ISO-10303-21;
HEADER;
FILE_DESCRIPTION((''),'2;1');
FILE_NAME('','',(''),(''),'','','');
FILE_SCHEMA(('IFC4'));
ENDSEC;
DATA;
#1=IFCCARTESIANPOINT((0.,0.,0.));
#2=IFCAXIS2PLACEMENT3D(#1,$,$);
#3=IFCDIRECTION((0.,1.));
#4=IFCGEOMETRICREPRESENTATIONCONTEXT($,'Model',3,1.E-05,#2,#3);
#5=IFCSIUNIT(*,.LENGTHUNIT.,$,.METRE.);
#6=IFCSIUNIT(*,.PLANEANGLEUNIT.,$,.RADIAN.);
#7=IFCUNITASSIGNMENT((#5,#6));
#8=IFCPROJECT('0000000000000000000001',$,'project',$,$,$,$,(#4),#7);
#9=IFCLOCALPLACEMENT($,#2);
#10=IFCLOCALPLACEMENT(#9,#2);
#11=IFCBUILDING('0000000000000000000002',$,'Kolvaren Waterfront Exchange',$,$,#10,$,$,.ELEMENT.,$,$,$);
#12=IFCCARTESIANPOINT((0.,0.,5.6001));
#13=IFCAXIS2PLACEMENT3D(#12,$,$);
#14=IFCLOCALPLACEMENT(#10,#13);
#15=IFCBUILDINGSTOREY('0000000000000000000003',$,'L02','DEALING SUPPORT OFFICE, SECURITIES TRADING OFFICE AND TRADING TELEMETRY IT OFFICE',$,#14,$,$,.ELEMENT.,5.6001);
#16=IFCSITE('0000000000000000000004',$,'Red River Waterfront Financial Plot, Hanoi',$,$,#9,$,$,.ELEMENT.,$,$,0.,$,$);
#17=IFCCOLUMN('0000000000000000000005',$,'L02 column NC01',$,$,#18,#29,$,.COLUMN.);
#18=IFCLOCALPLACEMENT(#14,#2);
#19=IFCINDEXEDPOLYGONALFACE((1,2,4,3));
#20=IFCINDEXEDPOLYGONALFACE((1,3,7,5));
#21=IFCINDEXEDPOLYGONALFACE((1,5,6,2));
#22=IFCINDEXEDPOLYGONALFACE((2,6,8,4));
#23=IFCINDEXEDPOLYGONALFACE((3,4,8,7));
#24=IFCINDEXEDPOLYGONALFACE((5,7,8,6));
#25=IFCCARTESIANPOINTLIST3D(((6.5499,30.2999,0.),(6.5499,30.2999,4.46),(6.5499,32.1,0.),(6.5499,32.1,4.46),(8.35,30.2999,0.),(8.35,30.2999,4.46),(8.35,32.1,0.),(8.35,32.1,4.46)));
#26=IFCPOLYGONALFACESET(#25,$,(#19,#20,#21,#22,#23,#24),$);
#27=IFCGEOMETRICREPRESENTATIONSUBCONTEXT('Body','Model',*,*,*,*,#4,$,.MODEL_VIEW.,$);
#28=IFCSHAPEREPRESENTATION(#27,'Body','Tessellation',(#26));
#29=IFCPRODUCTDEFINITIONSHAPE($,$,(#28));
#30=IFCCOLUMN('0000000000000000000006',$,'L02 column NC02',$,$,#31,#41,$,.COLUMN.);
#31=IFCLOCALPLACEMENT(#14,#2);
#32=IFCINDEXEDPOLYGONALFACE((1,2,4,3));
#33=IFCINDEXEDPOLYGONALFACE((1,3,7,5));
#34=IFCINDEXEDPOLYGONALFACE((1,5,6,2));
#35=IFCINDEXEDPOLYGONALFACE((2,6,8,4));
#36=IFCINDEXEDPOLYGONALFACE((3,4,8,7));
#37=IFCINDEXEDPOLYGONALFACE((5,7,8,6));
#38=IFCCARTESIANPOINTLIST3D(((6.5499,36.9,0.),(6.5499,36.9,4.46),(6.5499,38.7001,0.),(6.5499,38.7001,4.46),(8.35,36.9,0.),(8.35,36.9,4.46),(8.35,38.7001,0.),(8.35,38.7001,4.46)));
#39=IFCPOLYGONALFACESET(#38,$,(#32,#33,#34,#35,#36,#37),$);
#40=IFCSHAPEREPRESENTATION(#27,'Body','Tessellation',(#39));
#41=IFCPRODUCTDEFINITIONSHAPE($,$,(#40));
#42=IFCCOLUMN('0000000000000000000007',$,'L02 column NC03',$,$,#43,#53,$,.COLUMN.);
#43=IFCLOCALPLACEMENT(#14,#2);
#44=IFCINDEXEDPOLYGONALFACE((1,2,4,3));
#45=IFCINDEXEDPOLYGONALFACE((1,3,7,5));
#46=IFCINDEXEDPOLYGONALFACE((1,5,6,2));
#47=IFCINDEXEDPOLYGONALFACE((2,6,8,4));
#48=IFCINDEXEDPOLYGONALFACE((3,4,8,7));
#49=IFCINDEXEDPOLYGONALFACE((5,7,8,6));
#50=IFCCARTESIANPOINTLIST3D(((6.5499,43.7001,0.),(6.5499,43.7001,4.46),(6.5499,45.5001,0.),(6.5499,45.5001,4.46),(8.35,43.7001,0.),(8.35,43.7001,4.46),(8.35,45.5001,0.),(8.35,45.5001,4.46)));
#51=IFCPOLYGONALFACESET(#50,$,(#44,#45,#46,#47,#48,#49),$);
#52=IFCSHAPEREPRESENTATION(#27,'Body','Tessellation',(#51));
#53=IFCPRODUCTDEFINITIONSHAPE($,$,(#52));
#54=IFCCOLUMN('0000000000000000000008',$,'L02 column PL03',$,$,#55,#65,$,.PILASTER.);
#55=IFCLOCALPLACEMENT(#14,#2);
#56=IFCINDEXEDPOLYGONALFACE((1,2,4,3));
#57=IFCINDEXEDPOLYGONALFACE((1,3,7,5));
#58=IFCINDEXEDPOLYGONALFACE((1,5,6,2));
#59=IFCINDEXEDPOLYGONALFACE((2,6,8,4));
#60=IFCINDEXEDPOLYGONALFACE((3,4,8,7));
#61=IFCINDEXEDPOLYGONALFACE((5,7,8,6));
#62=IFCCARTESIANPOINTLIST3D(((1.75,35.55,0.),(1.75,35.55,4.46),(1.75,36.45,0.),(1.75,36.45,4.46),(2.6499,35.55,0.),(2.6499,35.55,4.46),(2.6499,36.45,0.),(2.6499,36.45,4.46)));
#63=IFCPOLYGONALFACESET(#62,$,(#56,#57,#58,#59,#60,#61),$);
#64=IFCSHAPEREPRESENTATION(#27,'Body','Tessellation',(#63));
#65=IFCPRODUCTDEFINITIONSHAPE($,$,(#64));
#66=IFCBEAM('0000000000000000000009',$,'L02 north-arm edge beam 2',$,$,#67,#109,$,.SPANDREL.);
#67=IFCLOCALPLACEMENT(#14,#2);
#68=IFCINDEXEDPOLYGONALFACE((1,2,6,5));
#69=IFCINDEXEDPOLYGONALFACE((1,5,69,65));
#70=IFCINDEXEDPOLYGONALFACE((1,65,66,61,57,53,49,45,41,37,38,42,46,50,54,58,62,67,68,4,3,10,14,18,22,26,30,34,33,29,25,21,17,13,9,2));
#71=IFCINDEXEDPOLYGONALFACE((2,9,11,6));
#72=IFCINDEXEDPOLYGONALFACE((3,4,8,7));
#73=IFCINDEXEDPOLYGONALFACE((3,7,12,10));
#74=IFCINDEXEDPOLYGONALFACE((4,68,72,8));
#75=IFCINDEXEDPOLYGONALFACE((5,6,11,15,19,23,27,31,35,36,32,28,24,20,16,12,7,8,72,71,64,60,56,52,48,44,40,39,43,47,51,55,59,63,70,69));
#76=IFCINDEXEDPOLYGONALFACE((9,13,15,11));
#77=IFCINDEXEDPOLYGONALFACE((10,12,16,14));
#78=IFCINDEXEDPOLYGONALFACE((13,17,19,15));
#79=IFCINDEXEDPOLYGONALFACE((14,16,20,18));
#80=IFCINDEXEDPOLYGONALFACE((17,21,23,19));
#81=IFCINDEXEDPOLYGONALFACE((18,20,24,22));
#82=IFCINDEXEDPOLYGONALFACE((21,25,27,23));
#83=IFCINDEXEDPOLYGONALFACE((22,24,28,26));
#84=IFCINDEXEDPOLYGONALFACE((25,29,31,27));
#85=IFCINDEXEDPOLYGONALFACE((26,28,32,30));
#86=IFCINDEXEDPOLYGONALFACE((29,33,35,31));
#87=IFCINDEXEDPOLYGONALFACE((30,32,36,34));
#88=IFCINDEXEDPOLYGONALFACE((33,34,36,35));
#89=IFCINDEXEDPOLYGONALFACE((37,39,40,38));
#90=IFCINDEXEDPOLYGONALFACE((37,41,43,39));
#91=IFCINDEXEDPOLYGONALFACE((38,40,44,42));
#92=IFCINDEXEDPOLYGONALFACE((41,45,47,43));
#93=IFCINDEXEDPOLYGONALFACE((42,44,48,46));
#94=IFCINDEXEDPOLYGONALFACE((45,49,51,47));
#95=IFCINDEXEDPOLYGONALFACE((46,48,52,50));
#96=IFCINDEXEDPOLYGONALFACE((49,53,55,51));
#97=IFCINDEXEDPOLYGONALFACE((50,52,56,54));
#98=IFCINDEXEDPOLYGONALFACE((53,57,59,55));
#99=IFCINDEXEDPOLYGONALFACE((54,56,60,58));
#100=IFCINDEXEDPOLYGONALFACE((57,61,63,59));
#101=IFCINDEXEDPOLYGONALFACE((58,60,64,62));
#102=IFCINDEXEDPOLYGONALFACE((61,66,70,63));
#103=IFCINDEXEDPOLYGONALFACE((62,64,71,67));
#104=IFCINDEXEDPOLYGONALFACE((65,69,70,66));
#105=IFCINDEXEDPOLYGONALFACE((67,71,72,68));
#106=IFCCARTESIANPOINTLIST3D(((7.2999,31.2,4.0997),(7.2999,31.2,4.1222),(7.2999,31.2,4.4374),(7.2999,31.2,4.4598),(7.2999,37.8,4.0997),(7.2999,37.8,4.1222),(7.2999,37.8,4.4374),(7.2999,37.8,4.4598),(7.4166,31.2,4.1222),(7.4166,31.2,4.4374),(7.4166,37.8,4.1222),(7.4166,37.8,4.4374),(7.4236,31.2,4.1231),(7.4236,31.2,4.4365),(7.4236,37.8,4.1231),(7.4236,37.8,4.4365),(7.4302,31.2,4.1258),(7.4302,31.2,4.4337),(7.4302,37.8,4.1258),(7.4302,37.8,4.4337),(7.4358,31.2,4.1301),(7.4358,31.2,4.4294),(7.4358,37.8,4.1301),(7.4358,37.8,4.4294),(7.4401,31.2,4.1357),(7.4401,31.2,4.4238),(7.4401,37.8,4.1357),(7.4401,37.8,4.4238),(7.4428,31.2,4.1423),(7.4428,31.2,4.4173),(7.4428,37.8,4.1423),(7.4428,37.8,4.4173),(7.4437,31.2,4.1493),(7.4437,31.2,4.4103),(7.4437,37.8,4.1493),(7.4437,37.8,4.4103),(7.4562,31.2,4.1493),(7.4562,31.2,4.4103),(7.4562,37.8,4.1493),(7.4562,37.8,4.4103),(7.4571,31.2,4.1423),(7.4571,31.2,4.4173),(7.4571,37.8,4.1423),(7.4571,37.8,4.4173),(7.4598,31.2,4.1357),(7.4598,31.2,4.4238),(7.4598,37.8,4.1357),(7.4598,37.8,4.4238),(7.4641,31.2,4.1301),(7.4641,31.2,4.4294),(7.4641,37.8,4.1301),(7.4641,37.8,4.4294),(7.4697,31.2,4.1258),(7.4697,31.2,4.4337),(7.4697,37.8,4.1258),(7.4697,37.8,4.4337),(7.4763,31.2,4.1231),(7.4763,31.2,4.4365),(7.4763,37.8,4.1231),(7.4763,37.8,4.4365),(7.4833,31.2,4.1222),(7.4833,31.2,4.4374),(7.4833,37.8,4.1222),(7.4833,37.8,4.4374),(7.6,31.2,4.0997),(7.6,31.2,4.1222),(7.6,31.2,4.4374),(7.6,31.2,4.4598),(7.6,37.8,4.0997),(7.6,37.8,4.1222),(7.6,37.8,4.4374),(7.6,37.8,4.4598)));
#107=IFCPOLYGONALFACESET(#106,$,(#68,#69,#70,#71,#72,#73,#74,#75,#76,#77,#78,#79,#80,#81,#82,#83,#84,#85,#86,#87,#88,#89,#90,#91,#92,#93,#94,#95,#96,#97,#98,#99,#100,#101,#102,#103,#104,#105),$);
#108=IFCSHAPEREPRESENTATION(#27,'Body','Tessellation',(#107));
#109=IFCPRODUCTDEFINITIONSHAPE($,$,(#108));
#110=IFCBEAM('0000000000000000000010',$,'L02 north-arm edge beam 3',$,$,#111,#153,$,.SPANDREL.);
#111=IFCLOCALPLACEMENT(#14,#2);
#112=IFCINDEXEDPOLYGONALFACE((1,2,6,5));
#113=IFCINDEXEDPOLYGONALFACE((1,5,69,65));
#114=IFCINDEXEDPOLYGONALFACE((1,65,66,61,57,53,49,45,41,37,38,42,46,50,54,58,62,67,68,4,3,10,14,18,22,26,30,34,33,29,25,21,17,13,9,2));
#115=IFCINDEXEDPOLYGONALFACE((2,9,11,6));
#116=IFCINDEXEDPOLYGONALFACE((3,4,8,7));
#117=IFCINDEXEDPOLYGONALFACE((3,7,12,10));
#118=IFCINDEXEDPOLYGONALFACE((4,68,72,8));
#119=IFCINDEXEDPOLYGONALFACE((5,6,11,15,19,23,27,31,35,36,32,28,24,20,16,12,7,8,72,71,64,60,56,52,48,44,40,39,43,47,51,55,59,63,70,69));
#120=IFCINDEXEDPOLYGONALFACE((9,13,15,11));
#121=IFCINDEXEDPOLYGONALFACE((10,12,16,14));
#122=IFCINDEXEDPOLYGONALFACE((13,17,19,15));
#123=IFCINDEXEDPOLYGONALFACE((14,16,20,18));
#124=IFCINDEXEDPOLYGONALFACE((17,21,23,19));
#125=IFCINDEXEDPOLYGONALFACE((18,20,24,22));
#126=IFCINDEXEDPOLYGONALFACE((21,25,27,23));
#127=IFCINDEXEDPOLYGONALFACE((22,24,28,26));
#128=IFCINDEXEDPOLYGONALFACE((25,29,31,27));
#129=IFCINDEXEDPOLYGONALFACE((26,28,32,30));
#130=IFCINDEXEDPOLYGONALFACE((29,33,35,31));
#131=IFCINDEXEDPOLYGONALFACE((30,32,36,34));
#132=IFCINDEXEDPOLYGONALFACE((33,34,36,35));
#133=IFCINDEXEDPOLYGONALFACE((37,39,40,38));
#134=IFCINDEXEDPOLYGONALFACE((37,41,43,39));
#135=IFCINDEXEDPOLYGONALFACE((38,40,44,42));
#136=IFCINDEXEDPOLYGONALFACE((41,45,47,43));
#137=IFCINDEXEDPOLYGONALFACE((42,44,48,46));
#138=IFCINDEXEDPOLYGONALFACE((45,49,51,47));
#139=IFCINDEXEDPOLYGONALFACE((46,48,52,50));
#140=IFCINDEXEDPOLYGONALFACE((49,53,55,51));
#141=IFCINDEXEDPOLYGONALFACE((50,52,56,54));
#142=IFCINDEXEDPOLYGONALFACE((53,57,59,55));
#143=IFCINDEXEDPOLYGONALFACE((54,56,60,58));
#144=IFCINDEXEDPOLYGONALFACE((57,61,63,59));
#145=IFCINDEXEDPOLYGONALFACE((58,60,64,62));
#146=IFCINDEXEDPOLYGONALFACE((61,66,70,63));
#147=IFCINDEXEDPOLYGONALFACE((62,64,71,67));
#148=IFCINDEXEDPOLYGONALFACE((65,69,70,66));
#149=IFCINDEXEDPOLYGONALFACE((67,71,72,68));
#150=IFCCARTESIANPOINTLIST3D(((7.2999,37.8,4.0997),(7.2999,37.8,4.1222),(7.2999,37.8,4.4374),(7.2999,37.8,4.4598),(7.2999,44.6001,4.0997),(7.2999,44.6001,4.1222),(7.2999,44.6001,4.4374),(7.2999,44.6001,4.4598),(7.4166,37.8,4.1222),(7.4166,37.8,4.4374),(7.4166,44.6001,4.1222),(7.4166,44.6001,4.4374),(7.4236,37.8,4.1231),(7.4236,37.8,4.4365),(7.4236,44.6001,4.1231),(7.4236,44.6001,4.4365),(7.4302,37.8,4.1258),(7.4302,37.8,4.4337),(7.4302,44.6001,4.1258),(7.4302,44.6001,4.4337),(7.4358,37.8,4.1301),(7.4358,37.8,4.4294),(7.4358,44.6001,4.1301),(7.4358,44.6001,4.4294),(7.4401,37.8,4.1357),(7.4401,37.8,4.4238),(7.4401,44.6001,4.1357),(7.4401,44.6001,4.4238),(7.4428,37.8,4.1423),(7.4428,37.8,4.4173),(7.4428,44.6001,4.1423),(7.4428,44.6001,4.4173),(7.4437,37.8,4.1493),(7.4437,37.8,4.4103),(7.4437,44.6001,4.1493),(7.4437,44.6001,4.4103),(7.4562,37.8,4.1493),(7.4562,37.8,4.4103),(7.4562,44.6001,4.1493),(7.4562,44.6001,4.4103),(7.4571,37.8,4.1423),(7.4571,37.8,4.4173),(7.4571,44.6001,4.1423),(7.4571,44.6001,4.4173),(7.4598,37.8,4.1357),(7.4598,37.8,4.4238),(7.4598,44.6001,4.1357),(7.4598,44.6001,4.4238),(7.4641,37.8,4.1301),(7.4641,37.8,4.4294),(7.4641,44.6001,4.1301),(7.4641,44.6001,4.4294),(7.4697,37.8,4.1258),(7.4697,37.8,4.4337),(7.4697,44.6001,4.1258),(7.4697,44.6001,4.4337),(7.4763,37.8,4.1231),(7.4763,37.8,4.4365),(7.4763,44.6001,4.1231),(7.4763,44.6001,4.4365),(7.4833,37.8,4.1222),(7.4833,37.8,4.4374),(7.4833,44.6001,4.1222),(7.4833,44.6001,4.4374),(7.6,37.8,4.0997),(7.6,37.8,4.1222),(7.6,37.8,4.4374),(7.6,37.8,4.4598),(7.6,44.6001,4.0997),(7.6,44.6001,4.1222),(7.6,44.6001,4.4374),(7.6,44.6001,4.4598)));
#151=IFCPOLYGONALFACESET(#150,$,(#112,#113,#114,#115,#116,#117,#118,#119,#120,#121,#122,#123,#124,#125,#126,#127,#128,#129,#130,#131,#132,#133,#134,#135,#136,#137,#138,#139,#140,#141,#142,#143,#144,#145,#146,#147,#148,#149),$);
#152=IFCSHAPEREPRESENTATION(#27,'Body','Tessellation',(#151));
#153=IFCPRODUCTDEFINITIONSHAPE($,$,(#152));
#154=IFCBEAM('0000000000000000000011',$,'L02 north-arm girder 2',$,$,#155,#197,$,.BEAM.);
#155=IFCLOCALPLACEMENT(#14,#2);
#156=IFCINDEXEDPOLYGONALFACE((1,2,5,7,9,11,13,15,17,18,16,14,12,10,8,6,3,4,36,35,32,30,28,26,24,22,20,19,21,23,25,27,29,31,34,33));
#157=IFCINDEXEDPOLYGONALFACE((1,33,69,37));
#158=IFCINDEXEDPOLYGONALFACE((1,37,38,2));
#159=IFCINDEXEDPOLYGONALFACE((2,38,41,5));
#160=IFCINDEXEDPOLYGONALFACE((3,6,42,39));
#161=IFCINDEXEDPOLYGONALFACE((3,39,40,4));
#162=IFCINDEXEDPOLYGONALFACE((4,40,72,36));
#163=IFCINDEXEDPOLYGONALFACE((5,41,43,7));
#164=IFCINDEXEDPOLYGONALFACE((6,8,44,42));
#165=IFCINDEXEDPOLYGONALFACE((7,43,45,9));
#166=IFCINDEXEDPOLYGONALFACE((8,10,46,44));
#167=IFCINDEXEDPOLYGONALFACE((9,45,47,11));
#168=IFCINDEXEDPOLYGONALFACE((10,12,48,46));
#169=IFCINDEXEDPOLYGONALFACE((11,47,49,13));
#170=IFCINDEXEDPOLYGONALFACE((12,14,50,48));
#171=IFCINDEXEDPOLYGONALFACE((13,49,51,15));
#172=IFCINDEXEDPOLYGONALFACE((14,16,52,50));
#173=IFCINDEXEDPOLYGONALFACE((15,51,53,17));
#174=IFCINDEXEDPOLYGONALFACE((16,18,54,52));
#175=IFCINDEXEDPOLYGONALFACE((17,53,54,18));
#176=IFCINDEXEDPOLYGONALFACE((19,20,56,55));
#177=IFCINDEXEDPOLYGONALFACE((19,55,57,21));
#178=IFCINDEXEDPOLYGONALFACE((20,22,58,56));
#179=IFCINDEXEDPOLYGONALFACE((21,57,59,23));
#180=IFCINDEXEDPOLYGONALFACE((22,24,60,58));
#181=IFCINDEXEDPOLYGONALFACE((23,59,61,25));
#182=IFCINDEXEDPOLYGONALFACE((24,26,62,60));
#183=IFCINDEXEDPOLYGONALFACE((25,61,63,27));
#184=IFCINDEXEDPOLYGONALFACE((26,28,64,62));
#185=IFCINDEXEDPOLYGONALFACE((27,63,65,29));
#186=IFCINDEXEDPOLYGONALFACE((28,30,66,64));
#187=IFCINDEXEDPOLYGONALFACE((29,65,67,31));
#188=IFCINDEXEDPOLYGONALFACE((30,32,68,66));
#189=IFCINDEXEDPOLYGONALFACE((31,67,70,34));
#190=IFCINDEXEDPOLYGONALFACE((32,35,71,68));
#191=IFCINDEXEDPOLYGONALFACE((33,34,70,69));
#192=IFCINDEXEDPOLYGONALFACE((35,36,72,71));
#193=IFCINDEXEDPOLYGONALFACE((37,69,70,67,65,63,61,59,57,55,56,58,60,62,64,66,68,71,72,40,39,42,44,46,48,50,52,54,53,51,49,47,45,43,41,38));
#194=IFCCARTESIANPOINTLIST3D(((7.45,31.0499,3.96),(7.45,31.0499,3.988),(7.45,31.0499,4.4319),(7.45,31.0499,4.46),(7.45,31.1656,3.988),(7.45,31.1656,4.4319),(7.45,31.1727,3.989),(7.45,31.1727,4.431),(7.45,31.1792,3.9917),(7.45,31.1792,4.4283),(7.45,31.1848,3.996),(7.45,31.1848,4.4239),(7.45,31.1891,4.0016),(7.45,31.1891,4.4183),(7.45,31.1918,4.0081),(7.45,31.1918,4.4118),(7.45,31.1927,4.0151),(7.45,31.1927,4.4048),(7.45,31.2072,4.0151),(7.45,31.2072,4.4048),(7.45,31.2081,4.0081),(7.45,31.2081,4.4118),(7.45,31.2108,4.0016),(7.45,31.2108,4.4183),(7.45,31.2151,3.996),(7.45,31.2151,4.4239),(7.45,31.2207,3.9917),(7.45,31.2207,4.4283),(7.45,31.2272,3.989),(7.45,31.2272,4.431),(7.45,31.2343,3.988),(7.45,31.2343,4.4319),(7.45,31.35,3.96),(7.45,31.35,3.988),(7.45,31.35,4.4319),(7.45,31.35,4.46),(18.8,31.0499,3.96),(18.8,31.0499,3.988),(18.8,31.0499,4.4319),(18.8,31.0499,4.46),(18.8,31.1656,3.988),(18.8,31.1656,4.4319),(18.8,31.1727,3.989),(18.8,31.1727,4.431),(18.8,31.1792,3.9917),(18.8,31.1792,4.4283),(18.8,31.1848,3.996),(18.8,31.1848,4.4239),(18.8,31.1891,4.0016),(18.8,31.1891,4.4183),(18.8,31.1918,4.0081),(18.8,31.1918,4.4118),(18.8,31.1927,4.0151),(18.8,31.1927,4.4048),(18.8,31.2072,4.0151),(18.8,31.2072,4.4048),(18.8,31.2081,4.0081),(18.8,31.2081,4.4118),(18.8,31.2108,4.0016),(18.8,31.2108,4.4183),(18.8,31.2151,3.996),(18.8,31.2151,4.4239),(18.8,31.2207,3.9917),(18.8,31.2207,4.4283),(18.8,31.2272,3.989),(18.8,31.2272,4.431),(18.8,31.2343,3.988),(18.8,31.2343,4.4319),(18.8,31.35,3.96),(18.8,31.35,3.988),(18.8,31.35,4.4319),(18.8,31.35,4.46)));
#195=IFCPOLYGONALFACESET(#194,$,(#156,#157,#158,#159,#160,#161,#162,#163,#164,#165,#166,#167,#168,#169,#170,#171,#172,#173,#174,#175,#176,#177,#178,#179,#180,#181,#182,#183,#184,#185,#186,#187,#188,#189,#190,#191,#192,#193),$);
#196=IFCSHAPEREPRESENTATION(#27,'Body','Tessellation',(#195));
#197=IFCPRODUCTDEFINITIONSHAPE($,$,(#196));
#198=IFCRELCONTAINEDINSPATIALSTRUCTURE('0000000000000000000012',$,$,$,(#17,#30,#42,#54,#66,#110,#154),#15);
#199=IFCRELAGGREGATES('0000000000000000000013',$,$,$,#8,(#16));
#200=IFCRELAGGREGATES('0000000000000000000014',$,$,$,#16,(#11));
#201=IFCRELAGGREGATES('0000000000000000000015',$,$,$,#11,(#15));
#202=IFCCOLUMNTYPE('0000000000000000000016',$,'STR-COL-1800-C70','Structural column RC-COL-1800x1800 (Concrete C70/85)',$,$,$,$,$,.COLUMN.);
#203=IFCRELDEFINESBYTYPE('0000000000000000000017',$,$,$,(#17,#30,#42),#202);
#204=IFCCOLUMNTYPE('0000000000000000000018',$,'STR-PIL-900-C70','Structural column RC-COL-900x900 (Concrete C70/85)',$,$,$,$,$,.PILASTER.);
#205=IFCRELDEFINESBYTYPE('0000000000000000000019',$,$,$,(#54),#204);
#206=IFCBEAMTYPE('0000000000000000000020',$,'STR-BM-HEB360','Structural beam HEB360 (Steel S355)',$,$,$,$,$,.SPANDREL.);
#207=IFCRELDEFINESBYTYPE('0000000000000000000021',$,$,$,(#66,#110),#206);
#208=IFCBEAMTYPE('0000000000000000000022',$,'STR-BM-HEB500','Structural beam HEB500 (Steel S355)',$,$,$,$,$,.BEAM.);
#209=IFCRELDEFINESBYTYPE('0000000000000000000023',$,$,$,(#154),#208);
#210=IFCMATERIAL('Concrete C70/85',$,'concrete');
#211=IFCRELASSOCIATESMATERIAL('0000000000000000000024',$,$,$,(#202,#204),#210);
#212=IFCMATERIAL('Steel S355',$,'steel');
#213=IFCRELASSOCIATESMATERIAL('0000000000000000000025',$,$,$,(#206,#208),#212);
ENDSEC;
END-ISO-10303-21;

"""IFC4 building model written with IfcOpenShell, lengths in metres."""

from ifc_helpers import new_model, si_unit, direction, frame, origin, origin_2d, place, context, subcontext, project, spatial, rectangle, i_section, extrude, material, material_profile, profile_set, type_object, element, save


model = new_model("IFC4")

# Units and contexts
model_context = context("Model", 3, precision=1e-05, world=origin(), true_north=direction((0.0, 1.0)))
body_context = subcontext(model_context, "Body", "Model", "MODEL_VIEW")
ifc_project = project(units=[si_unit("LENGTHUNIT", "METRE"), si_unit("PLANEANGLEUNIT", "RADIAN")], contexts=[model_context])

# Site, building, storey
site_placement = place(None, origin())
site = spatial("IfcSite", under=ifc_project, at=site_placement, Name="Red River Waterfront Financial Plot, Hanoi", CompositionType="ELEMENT", RefElevation=0.0)
building_placement = place(site_placement, origin())
building = spatial("IfcBuilding", under=site, at=building_placement, Name="Kolvaren Waterfront Exchange", CompositionType="ELEMENT")
storey_placement = place(building_placement, frame((0.0, 0.0, 5.6001)))
storey = spatial("IfcBuildingStorey", under=building, at=storey_placement, Name="L02", Description="DEALING SUPPORT OFFICE, SECURITIES TRADING OFFICE AND TRADING TELEMETRY IT OFFICE", CompositionType="ELEMENT", Elevation=5.6001)

# Columns
ifc_material_1 = material(Name="Concrete C70/85", Category="concrete")
ifc_material_profile_1 = material_profile(ifc_material_1, rectangle(XDim=1.8, YDim=1.8, at=origin_2d()), Name="RC-COL-1800x1800")
ifc_profile_set_1 = profile_set([ifc_material_profile_1], Name="Concrete C70/85")
column_type_1 = type_object("IfcColumnType", Name="STR-COL-1800-C70", Description="Structural column RC-COL-1800x1800 (Concrete C70/85)", PredefinedType="COLUMN", material=ifc_profile_set_1)
for number, where, z_axis, x_axis, name in (
    (1, (7.45, 31.2, 0.0), (0.0, 0.0, 1.0), (1.0, 0.0, 0.0), "L02 column NC01"),
    (2, (7.45, 37.8, 0.0), (0.0, 0.0, 1.0), (1.0, 0.0, 0.0), "L02 column NC02"),
    (3, (7.45, 44.6001, 0.0), (0.0, 0.0, 1.0), (1.0, 0.0, 0.0), "L02 column NC03"),
):
    element("IfcColumn", number, at=place(storey_placement, frame(where, z_axis=z_axis, x_axis=x_axis)), inside=storey, type_object=column_type_1, Name=name, PredefinedType="COLUMN", context=body_context, shape_type="SweptSolid", body=[
        extrude(rectangle(XDim=1.8, YDim=1.8, at=origin_2d()), origin(), (0.0, 0.0, 1.0), 4.46),
    ])
ifc_material_profile_2 = material_profile(ifc_material_1, rectangle(XDim=0.8999, YDim=0.8999, at=origin_2d()), Name="RC-COL-900x900")
ifc_profile_set_2 = profile_set([ifc_material_profile_2], Name="Concrete C70/85")
column_type_2 = type_object("IfcColumnType", Name="STR-PIL-900-C70", Description="Structural column RC-COL-900x900 (Concrete C70/85)", PredefinedType="PILASTER", material=ifc_profile_set_2)
column_placement = place(storey_placement, frame((2.2, 36.0, 0.0), z_axis=(0.0, 0.0, 1.0), x_axis=(1.0, 0.0, 0.0)))
element("IfcColumn", 4, at=column_placement, inside=storey, type_object=column_type_2, Name="L02 column PL03", PredefinedType="PILASTER", context=body_context, shape_type="SweptSolid", body=[
    extrude(rectangle(XDim=0.8999, YDim=0.8999, at=origin_2d()), origin(), (0.0, 0.0, 1.0), 4.46),
])

# Beams
ifc_material_2 = material(Name="Steel S355", Category="steel")
ifc_material_profile_3 = material_profile(ifc_material_2, i_section(OverallWidth=0.3, OverallDepth=0.3601, WebThickness=0.0125, FlangeThickness=0.0225, FilletRadius=0.0271, at=origin_2d()), Name="HEB360")
ifc_profile_set_3 = profile_set([ifc_material_profile_3], Name="Steel S355")
beam_type_1 = type_object("IfcBeamType", Name="STR-BM-HEB360", Description="Structural beam HEB360 (Steel S355)", PredefinedType="SPANDREL", material=ifc_profile_set_3)
beam_1_placement = place(storey_placement, frame((7.45, 31.2, 4.2798), z_axis=(0.0, 1.0, 0.0), x_axis=(-1.0, 0.0, 0.0)))
element("IfcBeam", 5, at=beam_1_placement, inside=storey, type_object=beam_type_1, Name="L02 north-arm edge beam 2", PredefinedType="SPANDREL", context=body_context, shape_type="SweptSolid", body=[
    extrude(i_section(OverallWidth=0.3, OverallDepth=0.3601, WebThickness=0.0125, FlangeThickness=0.0225, FilletRadius=0.0271, at=origin_2d()), origin(), (0.0, 0.0, 1.0), 6.6001),
])
beam_2_placement = place(storey_placement, frame((7.45, 37.8, 4.2798), z_axis=(0.0, 1.0, 0.0), x_axis=(-1.0, 0.0, 0.0)))
element("IfcBeam", 6, at=beam_2_placement, inside=storey, type_object=beam_type_1, Name="L02 north-arm edge beam 3", PredefinedType="SPANDREL", context=body_context, shape_type="SweptSolid", body=[
    extrude(i_section(OverallWidth=0.3, OverallDepth=0.3601, WebThickness=0.0125, FlangeThickness=0.0225, FilletRadius=0.0271, at=origin_2d()), origin(), (0.0, 0.0, 1.0), 6.8),
])
ifc_material_profile_4 = material_profile(ifc_material_2, i_section(OverallWidth=0.3, OverallDepth=0.5, WebThickness=0.0144, FlangeThickness=0.0281, FilletRadius=0.0271, at=origin_2d()), Name="HEB500")
ifc_profile_set_4 = profile_set([ifc_material_profile_4], Name="Steel S355")
beam_type_2 = type_object("IfcBeamType", Name="STR-BM-HEB500", Description="Structural beam HEB500 (Steel S355)", PredefinedType="BEAM", material=ifc_profile_set_4)
for number, where, z_axis, x_axis, name in (
    (7, (7.45, 31.2, 4.21), (1.0, 0.0, 0.0), (0.0, 1.0, 0.0), "L02 north-arm girder 2"),
):
    element("IfcBeam", number, at=place(storey_placement, frame(where, z_axis=z_axis, x_axis=x_axis)), inside=storey, type_object=beam_type_2, Name=name, PredefinedType="BEAM", context=body_context, shape_type="SweptSolid", body=[
        extrude(i_section(OverallWidth=0.3, OverallDepth=0.5, WebThickness=0.0144, FlangeThickness=0.0281, FilletRadius=0.0271, at=origin_2d()), origin(), (0.0, 0.0, 1.0), 11.3501),
    ])

save(model, "model.ifc")
